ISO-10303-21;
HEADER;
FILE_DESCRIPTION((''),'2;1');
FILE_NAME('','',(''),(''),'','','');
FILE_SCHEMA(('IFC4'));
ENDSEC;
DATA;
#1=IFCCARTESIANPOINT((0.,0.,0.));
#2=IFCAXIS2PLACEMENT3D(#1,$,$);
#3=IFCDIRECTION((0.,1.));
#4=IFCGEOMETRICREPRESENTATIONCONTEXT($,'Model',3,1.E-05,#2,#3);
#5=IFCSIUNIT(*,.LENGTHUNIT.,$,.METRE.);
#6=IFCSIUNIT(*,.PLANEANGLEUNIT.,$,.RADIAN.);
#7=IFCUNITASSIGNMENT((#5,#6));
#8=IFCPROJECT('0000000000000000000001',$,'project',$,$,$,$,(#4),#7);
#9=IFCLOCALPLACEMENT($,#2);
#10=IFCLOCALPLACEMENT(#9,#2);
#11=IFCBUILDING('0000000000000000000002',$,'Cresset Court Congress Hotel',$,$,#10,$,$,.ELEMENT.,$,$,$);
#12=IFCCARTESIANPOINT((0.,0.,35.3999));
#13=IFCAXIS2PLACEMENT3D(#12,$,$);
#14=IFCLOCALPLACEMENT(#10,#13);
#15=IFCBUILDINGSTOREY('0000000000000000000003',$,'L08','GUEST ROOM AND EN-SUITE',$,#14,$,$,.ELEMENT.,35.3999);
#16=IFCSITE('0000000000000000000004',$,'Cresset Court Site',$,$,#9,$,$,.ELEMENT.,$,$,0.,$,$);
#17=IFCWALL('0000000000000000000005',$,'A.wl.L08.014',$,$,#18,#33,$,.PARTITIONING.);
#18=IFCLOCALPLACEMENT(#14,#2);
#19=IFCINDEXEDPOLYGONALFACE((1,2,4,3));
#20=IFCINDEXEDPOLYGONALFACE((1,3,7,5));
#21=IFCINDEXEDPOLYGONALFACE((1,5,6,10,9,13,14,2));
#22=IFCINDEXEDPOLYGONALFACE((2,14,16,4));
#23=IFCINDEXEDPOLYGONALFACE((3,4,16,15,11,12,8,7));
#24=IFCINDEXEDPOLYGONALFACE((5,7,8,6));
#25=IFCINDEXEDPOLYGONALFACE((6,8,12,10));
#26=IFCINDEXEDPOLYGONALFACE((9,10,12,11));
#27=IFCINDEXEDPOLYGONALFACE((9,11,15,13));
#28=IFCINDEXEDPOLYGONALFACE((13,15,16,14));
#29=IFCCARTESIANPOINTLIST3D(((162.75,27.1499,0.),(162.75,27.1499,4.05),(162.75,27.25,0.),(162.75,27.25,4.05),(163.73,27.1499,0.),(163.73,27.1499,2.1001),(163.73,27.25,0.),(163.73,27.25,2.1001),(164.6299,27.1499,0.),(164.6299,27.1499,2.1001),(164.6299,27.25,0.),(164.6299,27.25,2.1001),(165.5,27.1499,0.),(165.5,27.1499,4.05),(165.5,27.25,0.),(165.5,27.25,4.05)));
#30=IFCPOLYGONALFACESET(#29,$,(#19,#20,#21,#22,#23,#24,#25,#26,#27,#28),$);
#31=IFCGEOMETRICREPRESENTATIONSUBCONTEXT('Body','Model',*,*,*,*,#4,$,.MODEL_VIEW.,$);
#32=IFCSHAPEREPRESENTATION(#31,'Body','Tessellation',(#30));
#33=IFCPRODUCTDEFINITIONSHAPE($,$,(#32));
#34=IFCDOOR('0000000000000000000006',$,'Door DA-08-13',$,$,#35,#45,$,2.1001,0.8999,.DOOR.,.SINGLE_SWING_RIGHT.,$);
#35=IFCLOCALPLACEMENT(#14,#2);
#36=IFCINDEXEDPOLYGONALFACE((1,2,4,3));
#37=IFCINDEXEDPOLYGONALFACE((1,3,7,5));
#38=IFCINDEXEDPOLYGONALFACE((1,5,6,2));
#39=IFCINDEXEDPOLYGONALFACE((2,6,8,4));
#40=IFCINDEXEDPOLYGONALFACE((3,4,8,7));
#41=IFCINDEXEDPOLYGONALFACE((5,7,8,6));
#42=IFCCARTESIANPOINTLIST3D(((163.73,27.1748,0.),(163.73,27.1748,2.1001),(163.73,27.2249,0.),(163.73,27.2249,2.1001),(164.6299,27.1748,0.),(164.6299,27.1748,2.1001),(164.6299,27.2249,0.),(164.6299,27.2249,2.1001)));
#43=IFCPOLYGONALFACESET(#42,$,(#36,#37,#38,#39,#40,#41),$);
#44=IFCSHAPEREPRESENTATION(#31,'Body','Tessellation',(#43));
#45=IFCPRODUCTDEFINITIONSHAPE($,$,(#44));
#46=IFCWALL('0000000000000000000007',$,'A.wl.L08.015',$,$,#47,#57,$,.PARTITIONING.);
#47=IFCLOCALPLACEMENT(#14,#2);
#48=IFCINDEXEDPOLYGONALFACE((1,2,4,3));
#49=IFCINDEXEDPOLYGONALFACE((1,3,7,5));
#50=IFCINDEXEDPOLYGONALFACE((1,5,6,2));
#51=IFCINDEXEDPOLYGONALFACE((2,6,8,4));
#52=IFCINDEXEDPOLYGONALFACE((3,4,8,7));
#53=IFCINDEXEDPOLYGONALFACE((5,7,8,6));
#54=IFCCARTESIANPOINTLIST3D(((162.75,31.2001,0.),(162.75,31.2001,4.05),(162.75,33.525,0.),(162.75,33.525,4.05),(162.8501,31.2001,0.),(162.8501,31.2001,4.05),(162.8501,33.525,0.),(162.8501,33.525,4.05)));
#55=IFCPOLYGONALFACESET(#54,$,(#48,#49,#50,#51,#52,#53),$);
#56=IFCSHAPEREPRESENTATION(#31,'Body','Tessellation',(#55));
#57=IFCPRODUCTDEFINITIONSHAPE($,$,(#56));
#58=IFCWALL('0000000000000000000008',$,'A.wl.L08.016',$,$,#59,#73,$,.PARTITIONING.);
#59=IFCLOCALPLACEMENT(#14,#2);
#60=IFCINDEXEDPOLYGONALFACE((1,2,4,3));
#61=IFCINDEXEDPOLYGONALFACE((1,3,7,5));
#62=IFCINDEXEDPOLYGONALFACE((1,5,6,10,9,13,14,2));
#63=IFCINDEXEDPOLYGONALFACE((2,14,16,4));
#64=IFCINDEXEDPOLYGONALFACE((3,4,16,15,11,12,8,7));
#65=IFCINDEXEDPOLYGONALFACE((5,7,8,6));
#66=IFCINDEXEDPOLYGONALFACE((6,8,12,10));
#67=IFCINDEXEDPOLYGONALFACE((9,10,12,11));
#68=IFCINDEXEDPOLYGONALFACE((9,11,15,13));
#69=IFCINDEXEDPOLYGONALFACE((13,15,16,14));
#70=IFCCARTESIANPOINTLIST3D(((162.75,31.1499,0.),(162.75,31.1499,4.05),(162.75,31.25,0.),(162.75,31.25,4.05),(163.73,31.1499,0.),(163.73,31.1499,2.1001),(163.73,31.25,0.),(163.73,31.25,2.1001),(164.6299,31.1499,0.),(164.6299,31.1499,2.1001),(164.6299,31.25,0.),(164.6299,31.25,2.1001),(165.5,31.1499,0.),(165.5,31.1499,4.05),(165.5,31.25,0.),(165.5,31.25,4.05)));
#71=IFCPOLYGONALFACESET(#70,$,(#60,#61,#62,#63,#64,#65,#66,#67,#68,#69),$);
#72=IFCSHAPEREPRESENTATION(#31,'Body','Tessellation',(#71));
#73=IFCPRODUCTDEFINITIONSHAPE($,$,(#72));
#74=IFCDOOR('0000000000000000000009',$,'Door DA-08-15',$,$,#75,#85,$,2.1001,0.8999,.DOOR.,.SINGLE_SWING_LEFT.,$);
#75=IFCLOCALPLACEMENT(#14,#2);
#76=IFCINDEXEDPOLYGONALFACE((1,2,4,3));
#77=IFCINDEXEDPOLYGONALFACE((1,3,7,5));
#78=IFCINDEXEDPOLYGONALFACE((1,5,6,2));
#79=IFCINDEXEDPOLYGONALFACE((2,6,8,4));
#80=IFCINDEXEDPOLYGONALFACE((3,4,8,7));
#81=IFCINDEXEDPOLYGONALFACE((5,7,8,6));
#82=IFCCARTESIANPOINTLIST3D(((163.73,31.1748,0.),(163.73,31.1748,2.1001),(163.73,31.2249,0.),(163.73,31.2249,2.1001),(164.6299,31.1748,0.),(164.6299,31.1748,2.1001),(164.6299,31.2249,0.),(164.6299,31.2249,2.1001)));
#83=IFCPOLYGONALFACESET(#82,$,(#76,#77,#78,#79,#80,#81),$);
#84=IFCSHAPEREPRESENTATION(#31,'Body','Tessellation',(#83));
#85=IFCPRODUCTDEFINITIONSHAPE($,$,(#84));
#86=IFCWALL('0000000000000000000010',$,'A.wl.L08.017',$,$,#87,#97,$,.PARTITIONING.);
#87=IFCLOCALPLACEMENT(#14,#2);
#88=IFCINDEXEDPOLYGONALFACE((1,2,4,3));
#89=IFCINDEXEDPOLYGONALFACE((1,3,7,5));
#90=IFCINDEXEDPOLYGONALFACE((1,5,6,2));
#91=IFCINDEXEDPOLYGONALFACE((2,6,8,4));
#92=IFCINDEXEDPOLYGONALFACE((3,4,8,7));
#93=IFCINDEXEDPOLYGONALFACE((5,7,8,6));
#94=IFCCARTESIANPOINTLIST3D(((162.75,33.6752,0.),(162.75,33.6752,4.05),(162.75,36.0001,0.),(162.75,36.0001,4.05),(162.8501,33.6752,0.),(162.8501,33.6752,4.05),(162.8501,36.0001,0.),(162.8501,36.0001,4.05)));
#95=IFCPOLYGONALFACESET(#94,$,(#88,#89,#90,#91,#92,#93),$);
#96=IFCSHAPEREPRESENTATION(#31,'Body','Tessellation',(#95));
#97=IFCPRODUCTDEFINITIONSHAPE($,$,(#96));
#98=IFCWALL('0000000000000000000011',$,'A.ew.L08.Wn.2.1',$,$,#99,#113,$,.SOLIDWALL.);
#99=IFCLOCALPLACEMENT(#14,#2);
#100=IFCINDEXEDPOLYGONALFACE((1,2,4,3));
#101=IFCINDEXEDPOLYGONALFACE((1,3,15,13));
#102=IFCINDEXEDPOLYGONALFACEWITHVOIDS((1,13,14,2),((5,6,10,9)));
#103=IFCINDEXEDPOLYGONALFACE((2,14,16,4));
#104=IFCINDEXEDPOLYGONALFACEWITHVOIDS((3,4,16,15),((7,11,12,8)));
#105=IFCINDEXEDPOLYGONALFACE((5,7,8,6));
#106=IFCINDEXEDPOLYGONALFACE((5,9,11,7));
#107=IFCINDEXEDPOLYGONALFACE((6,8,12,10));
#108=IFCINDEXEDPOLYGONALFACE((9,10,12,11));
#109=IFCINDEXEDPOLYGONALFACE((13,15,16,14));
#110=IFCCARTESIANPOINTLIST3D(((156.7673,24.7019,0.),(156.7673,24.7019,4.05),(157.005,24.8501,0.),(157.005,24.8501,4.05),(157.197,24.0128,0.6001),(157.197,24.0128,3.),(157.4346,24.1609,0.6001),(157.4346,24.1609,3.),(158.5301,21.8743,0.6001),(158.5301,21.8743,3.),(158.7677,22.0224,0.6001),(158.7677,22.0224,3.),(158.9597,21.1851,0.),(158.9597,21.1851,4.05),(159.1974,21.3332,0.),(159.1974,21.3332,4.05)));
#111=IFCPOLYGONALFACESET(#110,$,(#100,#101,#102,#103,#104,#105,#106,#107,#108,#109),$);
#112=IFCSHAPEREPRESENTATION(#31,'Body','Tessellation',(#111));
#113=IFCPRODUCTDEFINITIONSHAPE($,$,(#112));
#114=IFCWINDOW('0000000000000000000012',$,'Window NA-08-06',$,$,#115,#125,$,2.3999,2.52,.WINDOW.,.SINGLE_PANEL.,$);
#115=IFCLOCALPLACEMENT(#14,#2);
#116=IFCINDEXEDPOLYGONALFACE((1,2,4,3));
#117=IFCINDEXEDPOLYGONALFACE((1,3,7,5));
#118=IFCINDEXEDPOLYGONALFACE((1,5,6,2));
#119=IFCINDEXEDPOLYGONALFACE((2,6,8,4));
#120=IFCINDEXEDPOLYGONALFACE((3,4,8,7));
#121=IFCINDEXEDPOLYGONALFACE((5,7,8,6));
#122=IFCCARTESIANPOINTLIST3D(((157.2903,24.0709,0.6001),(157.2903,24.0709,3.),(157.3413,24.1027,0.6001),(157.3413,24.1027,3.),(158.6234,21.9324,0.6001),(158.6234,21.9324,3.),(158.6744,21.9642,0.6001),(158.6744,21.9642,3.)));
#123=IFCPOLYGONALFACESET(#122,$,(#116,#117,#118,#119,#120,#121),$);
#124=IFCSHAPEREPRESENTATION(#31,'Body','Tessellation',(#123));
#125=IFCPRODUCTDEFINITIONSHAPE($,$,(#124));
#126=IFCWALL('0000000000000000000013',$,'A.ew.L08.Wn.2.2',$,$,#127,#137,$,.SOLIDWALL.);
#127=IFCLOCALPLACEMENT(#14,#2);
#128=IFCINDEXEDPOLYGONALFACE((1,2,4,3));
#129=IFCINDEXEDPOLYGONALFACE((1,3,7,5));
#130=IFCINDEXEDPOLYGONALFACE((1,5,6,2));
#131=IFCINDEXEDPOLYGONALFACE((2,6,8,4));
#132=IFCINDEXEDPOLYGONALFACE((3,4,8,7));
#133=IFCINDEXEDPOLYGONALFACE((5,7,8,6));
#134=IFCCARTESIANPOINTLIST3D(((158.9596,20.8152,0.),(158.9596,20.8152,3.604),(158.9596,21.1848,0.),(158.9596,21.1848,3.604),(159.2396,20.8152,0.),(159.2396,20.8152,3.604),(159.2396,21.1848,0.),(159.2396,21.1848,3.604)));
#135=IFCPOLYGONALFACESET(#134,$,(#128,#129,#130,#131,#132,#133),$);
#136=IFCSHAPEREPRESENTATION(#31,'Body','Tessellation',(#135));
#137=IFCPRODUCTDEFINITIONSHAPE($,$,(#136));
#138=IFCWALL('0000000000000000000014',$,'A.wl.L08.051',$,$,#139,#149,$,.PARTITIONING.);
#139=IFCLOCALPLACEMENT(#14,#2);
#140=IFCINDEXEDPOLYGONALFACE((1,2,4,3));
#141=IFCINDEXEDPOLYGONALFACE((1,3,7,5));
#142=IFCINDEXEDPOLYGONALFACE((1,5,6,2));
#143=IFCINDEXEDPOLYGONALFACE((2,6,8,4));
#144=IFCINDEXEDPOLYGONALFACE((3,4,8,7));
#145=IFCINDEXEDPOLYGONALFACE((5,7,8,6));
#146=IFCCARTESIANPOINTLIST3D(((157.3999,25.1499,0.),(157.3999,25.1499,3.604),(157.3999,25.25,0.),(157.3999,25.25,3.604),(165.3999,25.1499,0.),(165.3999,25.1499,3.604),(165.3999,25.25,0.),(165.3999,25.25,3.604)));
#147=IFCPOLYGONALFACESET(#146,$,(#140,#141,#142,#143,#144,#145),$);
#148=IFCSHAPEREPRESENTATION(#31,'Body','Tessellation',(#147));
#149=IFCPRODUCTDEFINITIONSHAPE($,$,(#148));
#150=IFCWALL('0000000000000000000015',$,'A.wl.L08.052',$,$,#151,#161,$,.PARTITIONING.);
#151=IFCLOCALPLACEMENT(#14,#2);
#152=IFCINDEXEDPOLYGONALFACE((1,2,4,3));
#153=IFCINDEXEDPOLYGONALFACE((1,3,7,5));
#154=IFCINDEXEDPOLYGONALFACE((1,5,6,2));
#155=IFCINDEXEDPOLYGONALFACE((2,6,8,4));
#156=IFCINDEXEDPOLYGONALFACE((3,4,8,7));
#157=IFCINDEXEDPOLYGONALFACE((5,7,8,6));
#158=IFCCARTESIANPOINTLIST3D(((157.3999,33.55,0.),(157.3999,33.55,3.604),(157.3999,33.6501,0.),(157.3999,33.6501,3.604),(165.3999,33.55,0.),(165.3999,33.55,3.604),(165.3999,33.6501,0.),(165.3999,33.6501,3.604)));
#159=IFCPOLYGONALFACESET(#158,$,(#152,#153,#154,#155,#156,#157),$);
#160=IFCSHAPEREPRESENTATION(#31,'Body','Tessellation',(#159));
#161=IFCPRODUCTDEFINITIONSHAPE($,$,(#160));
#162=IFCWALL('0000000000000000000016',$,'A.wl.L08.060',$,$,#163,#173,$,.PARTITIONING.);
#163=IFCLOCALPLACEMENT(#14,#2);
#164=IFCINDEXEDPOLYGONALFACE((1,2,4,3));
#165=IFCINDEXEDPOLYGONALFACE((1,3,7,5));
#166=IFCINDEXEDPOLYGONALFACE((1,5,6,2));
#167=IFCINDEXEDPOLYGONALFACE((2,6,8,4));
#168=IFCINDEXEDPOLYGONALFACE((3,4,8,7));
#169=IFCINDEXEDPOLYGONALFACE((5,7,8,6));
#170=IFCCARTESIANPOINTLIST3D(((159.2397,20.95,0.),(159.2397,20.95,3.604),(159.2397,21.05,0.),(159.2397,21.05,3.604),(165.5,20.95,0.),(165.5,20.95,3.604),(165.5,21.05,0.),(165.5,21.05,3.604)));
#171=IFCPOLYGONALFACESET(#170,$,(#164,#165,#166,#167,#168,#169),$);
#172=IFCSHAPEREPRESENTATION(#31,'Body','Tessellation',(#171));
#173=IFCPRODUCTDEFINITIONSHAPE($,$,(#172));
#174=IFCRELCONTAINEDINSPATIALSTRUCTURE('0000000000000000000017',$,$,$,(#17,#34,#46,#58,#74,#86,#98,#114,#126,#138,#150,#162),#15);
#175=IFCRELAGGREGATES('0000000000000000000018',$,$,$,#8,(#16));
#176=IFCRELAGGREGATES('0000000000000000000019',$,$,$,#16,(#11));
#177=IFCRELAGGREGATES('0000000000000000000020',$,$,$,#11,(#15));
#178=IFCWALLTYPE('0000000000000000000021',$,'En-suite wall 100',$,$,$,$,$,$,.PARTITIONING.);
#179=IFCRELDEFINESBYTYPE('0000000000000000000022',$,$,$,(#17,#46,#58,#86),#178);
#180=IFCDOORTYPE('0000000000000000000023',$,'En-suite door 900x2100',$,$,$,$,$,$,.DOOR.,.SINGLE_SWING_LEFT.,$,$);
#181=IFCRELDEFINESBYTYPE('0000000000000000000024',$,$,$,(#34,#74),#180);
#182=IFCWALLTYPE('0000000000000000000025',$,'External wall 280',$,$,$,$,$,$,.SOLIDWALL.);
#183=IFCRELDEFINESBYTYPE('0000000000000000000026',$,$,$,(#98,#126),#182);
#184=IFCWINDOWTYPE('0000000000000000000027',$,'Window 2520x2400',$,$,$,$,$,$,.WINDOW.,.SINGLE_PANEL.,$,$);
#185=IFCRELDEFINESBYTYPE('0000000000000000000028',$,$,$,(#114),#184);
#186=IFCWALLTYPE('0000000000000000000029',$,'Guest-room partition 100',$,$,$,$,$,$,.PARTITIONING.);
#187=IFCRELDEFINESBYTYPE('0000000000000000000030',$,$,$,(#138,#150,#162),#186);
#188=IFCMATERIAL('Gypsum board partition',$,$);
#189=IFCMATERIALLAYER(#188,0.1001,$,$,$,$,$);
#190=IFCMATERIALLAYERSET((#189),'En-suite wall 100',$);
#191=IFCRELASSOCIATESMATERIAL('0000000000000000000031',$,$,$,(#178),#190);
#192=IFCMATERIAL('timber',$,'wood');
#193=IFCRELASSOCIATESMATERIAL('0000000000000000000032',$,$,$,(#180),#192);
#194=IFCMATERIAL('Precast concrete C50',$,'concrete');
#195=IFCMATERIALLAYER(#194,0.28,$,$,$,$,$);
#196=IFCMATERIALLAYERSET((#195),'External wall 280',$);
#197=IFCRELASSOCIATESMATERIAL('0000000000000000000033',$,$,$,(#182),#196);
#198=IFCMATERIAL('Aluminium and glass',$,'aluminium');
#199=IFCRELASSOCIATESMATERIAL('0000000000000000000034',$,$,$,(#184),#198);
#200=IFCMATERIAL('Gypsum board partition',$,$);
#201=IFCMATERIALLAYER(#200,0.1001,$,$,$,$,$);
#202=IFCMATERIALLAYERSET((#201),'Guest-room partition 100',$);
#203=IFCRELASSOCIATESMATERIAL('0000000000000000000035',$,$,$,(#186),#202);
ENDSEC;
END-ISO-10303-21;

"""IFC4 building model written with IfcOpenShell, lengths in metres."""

from ifc_helpers import new_model, si_unit, direction, frame, frame_2d, origin, place, context, subcontext, project, spatial, rectangle, extrude, material, layer, layer_set, type_object, element, fill, save


model = new_model("IFC4")

# Units and contexts
model_context = context("Model", 3, precision=1e-05, world=origin(), true_north=direction((0.0, 1.0)))
body_context = subcontext(model_context, "Body", "Model", "MODEL_VIEW")
ifc_project = project(units=[si_unit("LENGTHUNIT", "METRE"), si_unit("PLANEANGLEUNIT", "RADIAN")], contexts=[model_context])

# Site, building, storey
site_placement = place(None, origin())
site = spatial("IfcSite", under=ifc_project, at=site_placement, Name="Cresset Court Site", CompositionType="ELEMENT", RefElevation=0.0)
building_placement = place(site_placement, origin())
building = spatial("IfcBuilding", under=site, at=building_placement, Name="Cresset Court Congress Hotel", CompositionType="ELEMENT")
storey_placement = place(building_placement, frame((0.0, 0.0, 35.3999)))
storey = spatial("IfcBuildingStorey", under=building, at=storey_placement, Name="L08", Description="GUEST ROOM AND EN-SUITE", CompositionType="ELEMENT", Elevation=35.3999)

# Shared definitions
ifc_material_1 = material(Name="Gypsum board partition")
ifc_layer_1 = layer(ifc_material_1, 0.1001)
ifc_layer_set_1 = layer_set([ifc_layer_1], Name="En-suite wall 100")
wall_type_1 = type_object("IfcWallType", Name="En-suite wall 100", PredefinedType="PARTITIONING", material=ifc_layer_set_1)
ifc_material_2 = material(Name="timber", Category="wood")
door_type = type_object("IfcDoorType", Name="En-suite door 900x2100", OperationType="SINGLE_SWING_LEFT", PredefinedType="DOOR", material=ifc_material_2)

# Wall, opening, door
wall_1_placement = place(storey_placement, frame((162.75, 27.2, 0.0), z_axis=(0.0, 0.0, 1.0), x_axis=(1.0, 0.0, 0.0)))
wall_1 = element("IfcWall", 1, at=wall_1_placement, inside=storey, type_object=wall_type_1, Name="A.wl.L08.014", PredefinedType="PARTITIONING", context=body_context, shape_type="SweptSolid", body=[
    extrude(rectangle(XDim=2.75, YDim=0.1001, at=frame_2d((1.375, 0.0))), origin(), (0.0, 0.0, 1.0), 4.05),
])
opening_1_placement = place(wall_1_placement, frame((0.98, 0.0, 0.0)))
opening_1 = element("IfcOpeningElement", 2, at=opening_1_placement, cuts=wall_1, PredefinedType="OPENING", context=body_context, shape_type="SweptSolid", body=[
    extrude(rectangle(XDim=0.8999, YDim=2.1001, at=frame_2d((0.45, 1.05))), frame((0.0, 0.0601, 0.0), z_axis=(0.0, -1.0, 0.0), x_axis=(1.0, 0.0, 0.0)), (0.0, 0.0, 1.0), 0.1201),
])
door_1_placement = place(opening_1_placement, origin())
door_1 = element("IfcDoor", 3, at=door_1_placement, inside=storey, type_object=door_type, Name="Door DA-08-13", OperationType="SINGLE_SWING_RIGHT", OverallHeight=2.1001, OverallWidth=0.8999, PredefinedType="DOOR", context=body_context, shape_type="SweptSolid", body=[
    extrude(rectangle(XDim=0.8999, YDim=2.1001, at=frame_2d((0.45, 1.05))), frame((0.0, 0.0249, 0.0), z_axis=(0.0, -1.0, 0.0), x_axis=(1.0, 0.0, 0.0)), (0.0, 0.0, 1.0), 0.05),
])
fill(opening_1, door_1)

# Wall
wall_2_placement = place(storey_placement, frame((162.8, 31.2, 0.0), z_axis=(0.0, 0.0, 1.0), x_axis=(0.0, 1.0, 0.0)))
element("IfcWall", 4, at=wall_2_placement, inside=storey, type_object=wall_type_1, Name="A.wl.L08.015", PredefinedType="PARTITIONING", context=body_context, shape_type="SweptSolid", body=[
    extrude(rectangle(XDim=2.325, YDim=0.1001, at=frame_2d((1.1626, 0.0))), origin(), (0.0, 0.0, 1.0), 4.05),
])

# Wall, opening, door
wall_3_placement = place(storey_placement, frame((162.75, 31.2, 0.0), z_axis=(0.0, 0.0, 1.0), x_axis=(1.0, 0.0, 0.0)))
wall_3 = element("IfcWall", 5, at=wall_3_placement, inside=storey, type_object=wall_type_1, Name="A.wl.L08.016", PredefinedType="PARTITIONING", context=body_context, shape_type="SweptSolid", body=[
    extrude(rectangle(XDim=2.75, YDim=0.1001, at=frame_2d((1.375, 0.0))), origin(), (0.0, 0.0, 1.0), 4.05),
])
opening_2_placement = place(wall_3_placement, frame((0.98, 0.0, 0.0)))
opening_2 = element("IfcOpeningElement", 6, at=opening_2_placement, cuts=wall_3, PredefinedType="OPENING", context=body_context, shape_type="SweptSolid", body=[
    extrude(rectangle(XDim=0.8999, YDim=2.1001, at=frame_2d((0.45, 1.05))), frame((0.0, 0.0601, 0.0), z_axis=(0.0, -1.0, 0.0), x_axis=(1.0, 0.0, 0.0)), (0.0, 0.0, 1.0), 0.1201),
])
door_2_placement = place(opening_2_placement, origin())
door_2 = element("IfcDoor", 7, at=door_2_placement, inside=storey, type_object=door_type, Name="Door DA-08-15", OperationType="SINGLE_SWING_LEFT", OverallHeight=2.1001, OverallWidth=0.8999, PredefinedType="DOOR", context=body_context, shape_type="SweptSolid", body=[
    extrude(rectangle(XDim=0.8999, YDim=2.1001, at=frame_2d((0.45, 1.05))), frame((0.0, 0.0249, 0.0), z_axis=(0.0, -1.0, 0.0), x_axis=(1.0, 0.0, 0.0)), (0.0, 0.0, 1.0), 0.05),
])
fill(opening_2, door_2)

# Wall
wall_4_placement = place(storey_placement, frame((162.8, 33.675, 0.0), z_axis=(0.0, 0.0, 1.0), x_axis=(0.0, 1.0, 0.0)))
element("IfcWall", 8, at=wall_4_placement, inside=storey, type_object=wall_type_1, Name="A.wl.L08.017", PredefinedType="PARTITIONING", context=body_context, shape_type="SweptSolid", body=[
    extrude(rectangle(XDim=2.325, YDim=0.1001, at=frame_2d((1.1626, 0.0))), origin(), (0.0, 0.0, 1.0), 4.05),
])

# Wall, opening, window
ifc_material_3 = material(Name="Precast concrete C50", Category="concrete")
ifc_layer_2 = layer(ifc_material_3, 0.28)
ifc_layer_set_2 = layer_set([ifc_layer_2], Name="External wall 280")
wall_type_2 = type_object("IfcWallType", Name="External wall 280", PredefinedType="SOLIDWALL", material=ifc_layer_set_2)
wall_5_placement = place(storey_placement, frame((159.0786, 21.259, 0.0), z_axis=(0.0, 0.0, 1.0), x_axis=(-0.529019, 0.84861, 0.0)))
wall_5 = element("IfcWall", 9, at=wall_5_placement, inside=storey, type_object=wall_type_2, Name="A.ew.L08.Wn.2.1", PredefinedType="SOLIDWALL", context=body_context, shape_type="SweptSolid", body=[
    extrude(rectangle(XDim=4.1443, YDim=0.28, at=frame_2d((2.0723, 0.0))), origin(), (0.0, 0.0, 1.0), 4.05),
])
opening_3_placement = place(wall_5_placement, frame((0.8123, 0.0, 0.6001)))
opening_3 = element("IfcOpeningElement", 10, at=opening_3_placement, cuts=wall_5, PredefinedType="OPENING", context=body_context, shape_type="SweptSolid", body=[
    extrude(rectangle(XDim=2.52, YDim=2.3999, at=frame_2d((1.26, 1.2))), frame((0.0, 0.1499, 0.0), z_axis=(0.0, -1.0, 0.0), x_axis=(1.0, 0.0, 0.0)), (0.0, 0.0, 1.0), 0.3),
])
ifc_material_4 = material(Name="Aluminium and glass", Category="aluminium")
window_type = type_object("IfcWindowType", Name="Window 2520x2400", PartitioningType="SINGLE_PANEL", PredefinedType="WINDOW", material=ifc_material_4)
window_placement = place(opening_3_placement, origin())
window = element("IfcWindow", 11, at=window_placement, inside=storey, type_object=window_type, Name="Window NA-08-06", OverallHeight=2.3999, OverallWidth=2.52, PartitioningType="SINGLE_PANEL", PredefinedType="WINDOW", context=body_context, shape_type="SweptSolid", body=[
    extrude(rectangle(XDim=2.52, YDim=2.3999, at=frame_2d((1.26, 1.2))), frame((0.0, 0.03, 0.0), z_axis=(0.0, -1.0, 0.0), x_axis=(1.0, 0.0, 0.0)), (0.0, 0.0, 1.0), 0.0601),
])
fill(opening_3, window)

# Walls
wall_6_placement = place(storey_placement, frame((159.0996, 20.8152, 0.0), z_axis=(0.0, 0.0, 1.0), x_axis=(0.0, 1.0, 0.0)))
element("IfcWall", 12, at=wall_6_placement, inside=storey, type_object=wall_type_2, Name="A.ew.L08.Wn.2.2", PredefinedType="SOLIDWALL", context=body_context, shape_type="SweptSolid", body=[
    extrude(rectangle(XDim=0.3696, YDim=0.28, at=frame_2d((0.1848, 0.0))), origin(), (0.0, 0.0, 1.0), 3.604),
])
ifc_material_5 = material(Name="Gypsum board partition")
ifc_layer_3 = layer(ifc_material_5, 0.1001)
ifc_layer_set_3 = layer_set([ifc_layer_3], Name="Guest-room partition 100")
wall_type_3 = type_object("IfcWallType", Name="Guest-room partition 100", PredefinedType="PARTITIONING", material=ifc_layer_set_3)
for number, where, z_axis, x_axis, name in (
    (13, (157.3999, 25.2, 0.0), (0.0, 0.0, 1.0), (1.0, 0.0, 0.0), "A.wl.L08.051"),
    (14, (157.3999, 33.6001, 0.0), (0.0, 0.0, 1.0), (1.0, 0.0, 0.0), "A.wl.L08.052"),
):
    element("IfcWall", number, at=place(storey_placement, frame(where, z_axis=z_axis, x_axis=x_axis)), inside=storey, type_object=wall_type_3, Name=name, PredefinedType="PARTITIONING", context=body_context, shape_type="SweptSolid", body=[
        extrude(rectangle(XDim=8.0, YDim=0.1001, at=frame_2d((4.0, 0.0))), origin(), (0.0, 0.0, 1.0), 3.604),
    ])
wall_7_placement = place(storey_placement, frame((159.2397, 21.0, 0.0), z_axis=(0.0, 0.0, 1.0), x_axis=(1.0, 0.0, 0.0)))
element("IfcWall", 15, at=wall_7_placement, inside=storey, type_object=wall_type_3, Name="A.wl.L08.060", PredefinedType="PARTITIONING", context=body_context, shape_type="SweptSolid", body=[
    extrude(rectangle(XDim=6.2603, YDim=0.1001, at=frame_2d((3.1301, 0.0))), origin(), (0.0, 0.0, 1.0), 3.604),
])

save(model, "model.ifc")
